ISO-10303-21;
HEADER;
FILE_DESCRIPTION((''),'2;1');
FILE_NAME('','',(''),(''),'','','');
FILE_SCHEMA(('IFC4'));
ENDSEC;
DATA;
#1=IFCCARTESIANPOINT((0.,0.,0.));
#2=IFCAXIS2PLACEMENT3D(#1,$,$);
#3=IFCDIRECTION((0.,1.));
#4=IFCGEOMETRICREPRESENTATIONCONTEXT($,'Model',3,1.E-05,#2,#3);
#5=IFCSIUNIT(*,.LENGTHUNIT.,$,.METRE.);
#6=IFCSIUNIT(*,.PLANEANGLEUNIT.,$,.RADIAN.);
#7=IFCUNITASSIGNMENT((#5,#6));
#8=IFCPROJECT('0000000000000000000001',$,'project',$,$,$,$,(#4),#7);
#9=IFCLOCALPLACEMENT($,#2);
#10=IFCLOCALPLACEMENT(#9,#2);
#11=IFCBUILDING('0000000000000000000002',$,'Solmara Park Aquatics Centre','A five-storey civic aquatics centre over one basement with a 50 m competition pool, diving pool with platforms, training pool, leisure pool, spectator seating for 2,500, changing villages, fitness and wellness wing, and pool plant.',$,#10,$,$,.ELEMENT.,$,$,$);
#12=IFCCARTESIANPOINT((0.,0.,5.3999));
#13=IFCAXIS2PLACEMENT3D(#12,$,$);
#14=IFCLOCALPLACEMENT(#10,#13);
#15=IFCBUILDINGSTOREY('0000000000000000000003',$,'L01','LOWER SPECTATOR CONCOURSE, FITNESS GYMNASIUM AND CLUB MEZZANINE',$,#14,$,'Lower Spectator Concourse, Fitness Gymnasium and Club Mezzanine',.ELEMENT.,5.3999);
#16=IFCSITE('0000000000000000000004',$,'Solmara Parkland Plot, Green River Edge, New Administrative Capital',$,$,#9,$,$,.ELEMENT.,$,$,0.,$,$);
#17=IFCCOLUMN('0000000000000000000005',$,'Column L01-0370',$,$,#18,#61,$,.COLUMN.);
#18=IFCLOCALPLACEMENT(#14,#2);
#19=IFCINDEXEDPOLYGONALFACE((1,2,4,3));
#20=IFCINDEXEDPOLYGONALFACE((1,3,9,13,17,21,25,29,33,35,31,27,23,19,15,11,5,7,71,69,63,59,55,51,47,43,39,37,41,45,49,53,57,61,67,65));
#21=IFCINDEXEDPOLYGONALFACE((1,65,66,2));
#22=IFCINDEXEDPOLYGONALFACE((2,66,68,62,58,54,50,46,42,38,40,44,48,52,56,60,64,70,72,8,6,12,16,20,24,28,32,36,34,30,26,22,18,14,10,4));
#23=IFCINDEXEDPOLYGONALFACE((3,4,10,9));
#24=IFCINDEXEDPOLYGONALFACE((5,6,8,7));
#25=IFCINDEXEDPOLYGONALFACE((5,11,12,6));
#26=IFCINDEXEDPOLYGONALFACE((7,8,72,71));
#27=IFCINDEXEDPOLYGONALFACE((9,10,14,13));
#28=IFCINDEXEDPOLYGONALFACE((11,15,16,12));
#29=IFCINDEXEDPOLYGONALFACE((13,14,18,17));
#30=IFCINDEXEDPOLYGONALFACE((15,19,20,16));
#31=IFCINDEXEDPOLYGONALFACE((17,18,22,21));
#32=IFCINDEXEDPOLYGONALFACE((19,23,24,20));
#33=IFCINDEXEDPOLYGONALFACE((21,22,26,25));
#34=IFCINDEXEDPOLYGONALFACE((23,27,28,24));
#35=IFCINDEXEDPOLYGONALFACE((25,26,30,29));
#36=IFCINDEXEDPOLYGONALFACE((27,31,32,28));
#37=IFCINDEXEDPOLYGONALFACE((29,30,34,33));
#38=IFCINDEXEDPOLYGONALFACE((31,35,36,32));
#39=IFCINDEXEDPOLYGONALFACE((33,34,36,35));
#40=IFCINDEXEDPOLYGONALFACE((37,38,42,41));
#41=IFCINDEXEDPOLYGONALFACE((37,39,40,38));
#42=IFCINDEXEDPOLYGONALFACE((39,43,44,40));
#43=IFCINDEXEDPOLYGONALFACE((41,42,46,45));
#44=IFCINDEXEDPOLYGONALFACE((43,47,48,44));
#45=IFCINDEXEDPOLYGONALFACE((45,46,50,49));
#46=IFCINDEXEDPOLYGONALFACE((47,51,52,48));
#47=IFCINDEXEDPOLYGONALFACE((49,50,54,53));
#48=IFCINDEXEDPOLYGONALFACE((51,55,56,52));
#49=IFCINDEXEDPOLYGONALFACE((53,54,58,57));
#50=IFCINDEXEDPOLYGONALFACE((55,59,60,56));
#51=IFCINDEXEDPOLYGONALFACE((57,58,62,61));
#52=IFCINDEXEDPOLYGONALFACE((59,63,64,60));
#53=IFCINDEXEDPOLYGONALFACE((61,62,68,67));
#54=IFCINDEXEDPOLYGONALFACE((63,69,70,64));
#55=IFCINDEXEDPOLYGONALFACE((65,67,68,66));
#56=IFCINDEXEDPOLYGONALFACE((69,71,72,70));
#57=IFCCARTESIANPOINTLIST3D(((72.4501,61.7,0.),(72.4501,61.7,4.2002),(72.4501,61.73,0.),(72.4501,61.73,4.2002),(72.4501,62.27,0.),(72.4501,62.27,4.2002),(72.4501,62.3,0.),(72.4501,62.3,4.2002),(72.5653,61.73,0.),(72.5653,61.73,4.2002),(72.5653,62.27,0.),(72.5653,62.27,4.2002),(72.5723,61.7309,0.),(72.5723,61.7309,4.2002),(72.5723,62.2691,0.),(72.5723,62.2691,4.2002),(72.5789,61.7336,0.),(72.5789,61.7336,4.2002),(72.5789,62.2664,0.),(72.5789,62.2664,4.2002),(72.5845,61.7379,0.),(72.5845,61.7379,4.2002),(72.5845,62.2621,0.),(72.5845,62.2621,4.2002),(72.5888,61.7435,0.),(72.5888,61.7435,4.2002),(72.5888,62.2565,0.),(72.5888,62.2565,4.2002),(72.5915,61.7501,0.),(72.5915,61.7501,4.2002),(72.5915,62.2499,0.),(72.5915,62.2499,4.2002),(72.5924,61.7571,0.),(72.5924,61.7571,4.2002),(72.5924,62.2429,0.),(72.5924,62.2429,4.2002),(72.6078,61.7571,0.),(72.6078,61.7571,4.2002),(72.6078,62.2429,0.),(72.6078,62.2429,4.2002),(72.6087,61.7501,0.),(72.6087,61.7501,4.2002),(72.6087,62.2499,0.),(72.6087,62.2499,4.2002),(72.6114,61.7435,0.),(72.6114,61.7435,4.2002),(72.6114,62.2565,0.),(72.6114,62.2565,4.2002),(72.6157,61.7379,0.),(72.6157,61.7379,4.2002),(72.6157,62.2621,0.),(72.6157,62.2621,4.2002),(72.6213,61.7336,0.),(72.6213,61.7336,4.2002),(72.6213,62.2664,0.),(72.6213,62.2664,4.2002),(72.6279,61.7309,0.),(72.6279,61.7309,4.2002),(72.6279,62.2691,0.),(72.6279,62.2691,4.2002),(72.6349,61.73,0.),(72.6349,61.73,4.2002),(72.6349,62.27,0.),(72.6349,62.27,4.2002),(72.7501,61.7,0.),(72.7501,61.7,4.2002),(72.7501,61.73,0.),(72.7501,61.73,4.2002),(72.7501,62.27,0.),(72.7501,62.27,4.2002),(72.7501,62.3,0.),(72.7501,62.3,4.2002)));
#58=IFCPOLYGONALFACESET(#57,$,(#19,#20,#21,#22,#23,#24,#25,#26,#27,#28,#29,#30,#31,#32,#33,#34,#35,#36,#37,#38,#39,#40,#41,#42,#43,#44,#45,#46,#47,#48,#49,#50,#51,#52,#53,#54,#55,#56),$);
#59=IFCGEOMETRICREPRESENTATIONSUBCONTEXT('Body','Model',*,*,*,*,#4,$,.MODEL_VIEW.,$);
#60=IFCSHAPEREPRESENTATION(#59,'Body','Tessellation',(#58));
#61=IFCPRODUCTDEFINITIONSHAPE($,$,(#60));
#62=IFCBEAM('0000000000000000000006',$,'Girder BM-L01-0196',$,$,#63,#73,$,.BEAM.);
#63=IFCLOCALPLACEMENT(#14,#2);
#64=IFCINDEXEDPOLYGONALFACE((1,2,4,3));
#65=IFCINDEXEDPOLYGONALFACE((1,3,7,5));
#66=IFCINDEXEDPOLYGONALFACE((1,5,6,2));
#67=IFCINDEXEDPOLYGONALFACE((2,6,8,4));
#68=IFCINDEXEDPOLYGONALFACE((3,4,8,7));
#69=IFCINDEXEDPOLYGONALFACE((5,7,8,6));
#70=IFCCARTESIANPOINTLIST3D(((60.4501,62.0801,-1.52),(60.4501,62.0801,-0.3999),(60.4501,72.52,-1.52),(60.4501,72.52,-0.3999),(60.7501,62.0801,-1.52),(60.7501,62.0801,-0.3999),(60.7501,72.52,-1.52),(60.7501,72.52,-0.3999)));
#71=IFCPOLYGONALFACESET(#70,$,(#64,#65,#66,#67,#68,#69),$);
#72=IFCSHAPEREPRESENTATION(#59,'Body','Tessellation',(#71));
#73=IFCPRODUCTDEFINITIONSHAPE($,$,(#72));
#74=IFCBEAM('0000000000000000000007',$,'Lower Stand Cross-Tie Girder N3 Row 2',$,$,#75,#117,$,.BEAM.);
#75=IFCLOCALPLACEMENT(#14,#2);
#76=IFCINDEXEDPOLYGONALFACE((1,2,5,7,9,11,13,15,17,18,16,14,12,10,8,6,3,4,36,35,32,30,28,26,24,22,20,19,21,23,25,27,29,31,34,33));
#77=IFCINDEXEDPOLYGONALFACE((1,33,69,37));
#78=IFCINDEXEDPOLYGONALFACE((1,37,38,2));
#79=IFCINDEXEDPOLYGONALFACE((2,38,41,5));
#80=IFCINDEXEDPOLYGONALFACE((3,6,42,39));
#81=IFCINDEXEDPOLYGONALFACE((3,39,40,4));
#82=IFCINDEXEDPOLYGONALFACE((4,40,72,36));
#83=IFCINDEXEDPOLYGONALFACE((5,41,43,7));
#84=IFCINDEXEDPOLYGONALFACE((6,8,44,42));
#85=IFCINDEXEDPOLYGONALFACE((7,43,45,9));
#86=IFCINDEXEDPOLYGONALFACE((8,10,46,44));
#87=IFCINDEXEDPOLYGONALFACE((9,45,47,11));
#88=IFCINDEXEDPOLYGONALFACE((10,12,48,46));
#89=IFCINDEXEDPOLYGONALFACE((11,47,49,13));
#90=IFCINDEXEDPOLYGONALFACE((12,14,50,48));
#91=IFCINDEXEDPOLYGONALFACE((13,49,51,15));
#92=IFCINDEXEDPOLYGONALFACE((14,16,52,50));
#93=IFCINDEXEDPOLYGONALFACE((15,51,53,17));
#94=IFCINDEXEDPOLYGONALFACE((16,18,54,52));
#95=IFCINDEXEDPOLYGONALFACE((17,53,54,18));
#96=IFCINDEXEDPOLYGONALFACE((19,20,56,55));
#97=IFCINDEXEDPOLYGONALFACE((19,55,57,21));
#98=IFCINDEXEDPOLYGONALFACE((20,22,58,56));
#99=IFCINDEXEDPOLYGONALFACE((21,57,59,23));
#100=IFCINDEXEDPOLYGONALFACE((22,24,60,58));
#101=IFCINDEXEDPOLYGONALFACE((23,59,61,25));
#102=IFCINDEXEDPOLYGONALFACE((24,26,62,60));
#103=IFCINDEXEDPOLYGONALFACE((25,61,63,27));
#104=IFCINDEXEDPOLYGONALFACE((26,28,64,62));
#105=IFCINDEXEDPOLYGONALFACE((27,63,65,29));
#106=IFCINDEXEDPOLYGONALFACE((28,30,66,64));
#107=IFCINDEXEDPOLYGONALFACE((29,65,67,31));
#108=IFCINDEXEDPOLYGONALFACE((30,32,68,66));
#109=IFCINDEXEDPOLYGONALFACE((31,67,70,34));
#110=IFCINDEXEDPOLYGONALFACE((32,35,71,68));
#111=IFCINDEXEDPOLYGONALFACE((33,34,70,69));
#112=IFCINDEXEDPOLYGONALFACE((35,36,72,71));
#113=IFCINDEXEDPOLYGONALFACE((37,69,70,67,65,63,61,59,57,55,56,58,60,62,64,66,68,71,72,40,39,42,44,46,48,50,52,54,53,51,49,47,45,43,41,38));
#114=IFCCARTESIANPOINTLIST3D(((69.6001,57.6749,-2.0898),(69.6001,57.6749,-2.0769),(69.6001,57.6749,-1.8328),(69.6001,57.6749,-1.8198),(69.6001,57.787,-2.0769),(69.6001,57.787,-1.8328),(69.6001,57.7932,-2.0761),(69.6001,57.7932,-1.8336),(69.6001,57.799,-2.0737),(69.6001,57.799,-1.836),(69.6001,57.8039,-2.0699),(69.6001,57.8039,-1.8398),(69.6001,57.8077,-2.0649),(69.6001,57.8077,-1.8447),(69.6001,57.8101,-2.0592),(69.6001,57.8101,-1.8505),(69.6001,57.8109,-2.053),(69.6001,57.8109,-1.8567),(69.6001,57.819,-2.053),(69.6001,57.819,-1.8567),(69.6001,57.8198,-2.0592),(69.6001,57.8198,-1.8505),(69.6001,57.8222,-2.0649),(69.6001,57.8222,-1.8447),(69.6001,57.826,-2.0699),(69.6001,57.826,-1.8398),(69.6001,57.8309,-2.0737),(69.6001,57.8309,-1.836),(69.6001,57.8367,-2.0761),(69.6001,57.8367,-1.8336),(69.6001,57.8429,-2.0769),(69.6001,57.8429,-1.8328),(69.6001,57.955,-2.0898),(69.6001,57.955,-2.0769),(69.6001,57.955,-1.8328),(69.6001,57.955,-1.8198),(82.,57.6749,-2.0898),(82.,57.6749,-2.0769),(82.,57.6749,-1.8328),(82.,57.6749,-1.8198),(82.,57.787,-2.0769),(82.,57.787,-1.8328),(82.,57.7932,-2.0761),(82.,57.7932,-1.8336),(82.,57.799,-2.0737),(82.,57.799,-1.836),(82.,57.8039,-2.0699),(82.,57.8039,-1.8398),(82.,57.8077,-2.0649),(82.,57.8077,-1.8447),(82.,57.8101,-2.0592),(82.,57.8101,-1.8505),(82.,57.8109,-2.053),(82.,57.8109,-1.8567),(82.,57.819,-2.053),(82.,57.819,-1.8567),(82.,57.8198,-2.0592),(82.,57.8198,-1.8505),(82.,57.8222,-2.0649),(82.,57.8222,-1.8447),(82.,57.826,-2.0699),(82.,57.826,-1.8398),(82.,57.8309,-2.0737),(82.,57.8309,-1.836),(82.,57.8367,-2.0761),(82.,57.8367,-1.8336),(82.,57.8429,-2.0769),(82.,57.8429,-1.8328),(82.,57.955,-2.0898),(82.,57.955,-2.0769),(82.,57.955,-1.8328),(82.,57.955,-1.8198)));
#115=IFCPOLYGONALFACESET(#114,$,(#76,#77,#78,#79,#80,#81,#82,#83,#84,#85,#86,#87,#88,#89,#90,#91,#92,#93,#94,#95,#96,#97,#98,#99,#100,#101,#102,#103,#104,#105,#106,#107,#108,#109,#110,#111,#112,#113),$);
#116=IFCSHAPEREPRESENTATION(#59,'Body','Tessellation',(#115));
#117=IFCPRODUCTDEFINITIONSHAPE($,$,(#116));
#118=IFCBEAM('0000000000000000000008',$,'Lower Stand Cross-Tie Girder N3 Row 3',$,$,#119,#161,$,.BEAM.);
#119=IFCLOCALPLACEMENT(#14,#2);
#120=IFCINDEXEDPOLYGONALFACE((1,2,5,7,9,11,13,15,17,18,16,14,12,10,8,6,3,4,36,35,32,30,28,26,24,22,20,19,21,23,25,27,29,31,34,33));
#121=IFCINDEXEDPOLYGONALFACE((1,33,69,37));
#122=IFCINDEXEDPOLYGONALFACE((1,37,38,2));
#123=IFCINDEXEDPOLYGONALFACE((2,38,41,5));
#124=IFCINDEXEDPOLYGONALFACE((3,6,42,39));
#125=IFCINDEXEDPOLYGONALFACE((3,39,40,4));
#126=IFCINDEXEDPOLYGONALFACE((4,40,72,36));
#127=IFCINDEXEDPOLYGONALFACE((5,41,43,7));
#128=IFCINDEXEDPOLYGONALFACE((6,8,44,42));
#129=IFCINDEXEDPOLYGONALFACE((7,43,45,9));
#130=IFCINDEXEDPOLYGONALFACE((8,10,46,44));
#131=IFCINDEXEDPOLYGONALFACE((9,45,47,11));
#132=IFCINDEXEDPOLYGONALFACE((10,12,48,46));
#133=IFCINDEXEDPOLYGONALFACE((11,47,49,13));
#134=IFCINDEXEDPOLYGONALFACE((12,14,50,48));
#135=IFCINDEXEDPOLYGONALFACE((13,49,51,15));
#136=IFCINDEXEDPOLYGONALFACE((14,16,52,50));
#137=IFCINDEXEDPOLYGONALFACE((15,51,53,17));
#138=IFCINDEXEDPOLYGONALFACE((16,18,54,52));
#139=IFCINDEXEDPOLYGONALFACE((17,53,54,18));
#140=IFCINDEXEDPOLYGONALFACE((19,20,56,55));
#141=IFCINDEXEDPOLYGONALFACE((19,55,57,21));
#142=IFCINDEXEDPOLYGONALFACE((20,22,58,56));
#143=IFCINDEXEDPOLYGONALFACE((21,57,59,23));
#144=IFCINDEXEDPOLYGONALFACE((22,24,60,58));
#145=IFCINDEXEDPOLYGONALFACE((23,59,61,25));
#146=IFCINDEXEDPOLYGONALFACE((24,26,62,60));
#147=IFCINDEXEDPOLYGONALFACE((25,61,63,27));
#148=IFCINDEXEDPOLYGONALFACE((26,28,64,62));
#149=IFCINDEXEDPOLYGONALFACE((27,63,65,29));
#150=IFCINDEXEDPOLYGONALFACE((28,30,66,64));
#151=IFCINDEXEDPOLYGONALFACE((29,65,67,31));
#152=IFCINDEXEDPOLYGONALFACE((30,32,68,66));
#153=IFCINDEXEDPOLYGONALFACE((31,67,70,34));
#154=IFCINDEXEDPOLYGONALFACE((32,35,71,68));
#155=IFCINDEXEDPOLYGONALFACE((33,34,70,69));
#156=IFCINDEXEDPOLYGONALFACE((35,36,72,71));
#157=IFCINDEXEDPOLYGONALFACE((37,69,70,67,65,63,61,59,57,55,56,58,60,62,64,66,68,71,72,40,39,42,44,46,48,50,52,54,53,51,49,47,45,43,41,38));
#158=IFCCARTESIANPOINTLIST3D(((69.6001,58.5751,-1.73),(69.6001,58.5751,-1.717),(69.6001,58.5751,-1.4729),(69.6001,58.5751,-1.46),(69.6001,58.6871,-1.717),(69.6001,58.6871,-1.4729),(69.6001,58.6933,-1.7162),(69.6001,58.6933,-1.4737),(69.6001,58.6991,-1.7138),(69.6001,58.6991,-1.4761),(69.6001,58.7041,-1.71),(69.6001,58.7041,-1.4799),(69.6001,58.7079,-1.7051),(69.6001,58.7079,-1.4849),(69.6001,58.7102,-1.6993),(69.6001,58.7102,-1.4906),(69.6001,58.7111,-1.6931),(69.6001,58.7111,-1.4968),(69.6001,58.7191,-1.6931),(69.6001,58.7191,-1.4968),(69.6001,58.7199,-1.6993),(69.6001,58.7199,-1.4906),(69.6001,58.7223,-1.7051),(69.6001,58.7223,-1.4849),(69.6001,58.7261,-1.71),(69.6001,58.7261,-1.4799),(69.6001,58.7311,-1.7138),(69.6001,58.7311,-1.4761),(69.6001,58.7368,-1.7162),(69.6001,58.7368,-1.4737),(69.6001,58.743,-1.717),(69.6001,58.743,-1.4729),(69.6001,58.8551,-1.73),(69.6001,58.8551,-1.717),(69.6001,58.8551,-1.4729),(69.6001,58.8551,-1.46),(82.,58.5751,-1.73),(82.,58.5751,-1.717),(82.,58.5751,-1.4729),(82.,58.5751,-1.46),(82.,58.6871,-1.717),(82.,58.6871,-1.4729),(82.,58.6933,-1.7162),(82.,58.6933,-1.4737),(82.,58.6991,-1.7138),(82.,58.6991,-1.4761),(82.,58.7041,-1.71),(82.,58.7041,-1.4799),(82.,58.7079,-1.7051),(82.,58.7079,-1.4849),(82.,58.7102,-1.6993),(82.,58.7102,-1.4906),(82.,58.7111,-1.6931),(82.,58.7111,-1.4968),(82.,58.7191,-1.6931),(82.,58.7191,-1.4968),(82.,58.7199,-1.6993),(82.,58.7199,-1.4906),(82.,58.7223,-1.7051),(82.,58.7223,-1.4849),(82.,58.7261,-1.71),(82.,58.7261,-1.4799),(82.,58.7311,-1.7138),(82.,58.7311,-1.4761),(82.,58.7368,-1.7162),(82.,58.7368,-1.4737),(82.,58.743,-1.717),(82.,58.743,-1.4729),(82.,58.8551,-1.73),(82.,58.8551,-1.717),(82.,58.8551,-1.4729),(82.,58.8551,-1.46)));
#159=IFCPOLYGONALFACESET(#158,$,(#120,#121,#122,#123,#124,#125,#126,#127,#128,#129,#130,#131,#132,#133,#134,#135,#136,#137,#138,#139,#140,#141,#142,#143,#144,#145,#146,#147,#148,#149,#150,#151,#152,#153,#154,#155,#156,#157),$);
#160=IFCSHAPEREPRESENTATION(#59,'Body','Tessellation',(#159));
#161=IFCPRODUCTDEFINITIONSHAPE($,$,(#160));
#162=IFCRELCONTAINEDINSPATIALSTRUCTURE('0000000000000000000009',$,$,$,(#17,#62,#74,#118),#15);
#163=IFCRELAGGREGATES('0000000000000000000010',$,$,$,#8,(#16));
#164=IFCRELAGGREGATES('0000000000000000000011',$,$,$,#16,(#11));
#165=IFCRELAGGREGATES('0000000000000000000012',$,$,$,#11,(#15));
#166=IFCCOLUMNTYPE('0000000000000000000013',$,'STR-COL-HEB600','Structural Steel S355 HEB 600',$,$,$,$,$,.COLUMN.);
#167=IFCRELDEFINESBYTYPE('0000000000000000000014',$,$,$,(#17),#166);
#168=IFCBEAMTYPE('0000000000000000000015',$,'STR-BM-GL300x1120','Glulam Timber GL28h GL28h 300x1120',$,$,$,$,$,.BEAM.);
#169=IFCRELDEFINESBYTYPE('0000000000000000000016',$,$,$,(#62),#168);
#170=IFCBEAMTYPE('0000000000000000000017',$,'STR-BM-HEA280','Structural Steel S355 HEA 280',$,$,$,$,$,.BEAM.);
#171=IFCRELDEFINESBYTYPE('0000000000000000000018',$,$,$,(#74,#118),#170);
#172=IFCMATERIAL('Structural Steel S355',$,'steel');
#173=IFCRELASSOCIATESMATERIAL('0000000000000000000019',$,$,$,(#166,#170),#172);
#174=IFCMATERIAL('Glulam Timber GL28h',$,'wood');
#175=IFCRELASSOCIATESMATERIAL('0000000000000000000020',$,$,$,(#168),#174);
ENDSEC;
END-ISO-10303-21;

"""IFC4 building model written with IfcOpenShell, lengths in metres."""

from ifc_helpers import new_model, si_unit, direction, frame, origin, origin_2d, place, context, subcontext, project, spatial, rectangle, i_section, extrude, material, material_profile, profile_set, type_object, element, save


model = new_model("IFC4")

# Units and contexts
model_context = context("Model", 3, precision=1e-05, world=origin(), true_north=direction((0.0, 1.0)))
body_context = subcontext(model_context, "Body", "Model", "MODEL_VIEW")
ifc_project = project(units=[si_unit("LENGTHUNIT", "METRE"), si_unit("PLANEANGLEUNIT", "RADIAN")], contexts=[model_context])

# Site, building, storey
site_placement = place(None, origin())
site = spatial("IfcSite", under=ifc_project, at=site_placement, Name="Solmara Parkland Plot, Green River Edge, New Administrative Capital", CompositionType="ELEMENT", RefElevation=0.0)
building_placement = place(site_placement, origin())
building = spatial("IfcBuilding", under=site, at=building_placement, Name="Solmara Park Aquatics Centre", Description="A five-storey civic aquatics centre over one basement with a 50 m competition pool, diving pool with platforms, training pool, leisure pool, spectator seating for 2,500, changing villages, fitness and wellness wing, and pool plant.", CompositionType="ELEMENT")
storey_placement = place(building_placement, frame((0.0, 0.0, 5.3999)))
storey = spatial("IfcBuildingStorey", under=building, at=storey_placement, Name="L01", Description="LOWER SPECTATOR CONCOURSE, FITNESS GYMNASIUM AND CLUB MEZZANINE", LongName="Lower Spectator Concourse, Fitness Gymnasium and Club Mezzanine", CompositionType="ELEMENT", Elevation=5.3999)

# Column
ifc_material_1 = material(Name="Structural Steel S355", Category="steel")
ifc_material_profile_1 = material_profile(ifc_material_1, i_section(OverallWidth=0.3, OverallDepth=0.6001, WebThickness=0.0154, FlangeThickness=0.03, FilletRadius=0.0271, at=origin_2d()), Name="HEB 600")
ifc_profile_set_1 = profile_set([ifc_material_profile_1], Name="Structural Steel S355")
column_type_1 = type_object("IfcColumnType", Name="STR-COL-HEB600", Description="Structural Steel S355 HEB 600", PredefinedType="COLUMN", material=ifc_profile_set_1)
for number, where, z_axis, x_axis, name in (
    (1, (72.6001, 62.0, 0.0), (0.0, 0.0, 1.0), (1.0, 0.0, 0.0), "Column L01-0370"),
):
    element("IfcColumn", number, at=place(storey_placement, frame(where, z_axis=z_axis, x_axis=x_axis)), inside=storey, type_object=column_type_1, Name=name, PredefinedType="COLUMN", context=body_context, shape_type="SweptSolid", body=[
        extrude(i_section(OverallWidth=0.3, OverallDepth=0.6001, WebThickness=0.0154, FlangeThickness=0.03, FilletRadius=0.0271, at=origin_2d()), origin(), (0.0, 0.0, 1.0), 4.2002),
    ])

# Beams
ifc_material_2 = material(Name="Glulam Timber GL28h", Category="wood")
ifc_material_profile_2 = material_profile(ifc_material_2, rectangle(XDim=0.3, YDim=1.1201, at=origin_2d()), Name="GL28h 300x1120")
ifc_profile_set_2 = profile_set([ifc_material_profile_2], Name="Glulam Timber GL28h")
beam_type_1 = type_object("IfcBeamType", Name="STR-BM-GL300x1120", Description="Glulam Timber GL28h GL28h 300x1120", PredefinedType="BEAM", material=ifc_profile_set_2)
beam_1_placement = place(storey_placement, frame((60.6001, 62.0801, -0.96), z_axis=(0.0, 1.0, 0.0), x_axis=(-1.0, 0.0, 0.0)))
element("IfcBeam", 2, at=beam_1_placement, inside=storey, type_object=beam_type_1, Name="Girder BM-L01-0196", PredefinedType="BEAM", context=body_context, shape_type="SweptSolid", body=[
    extrude(rectangle(XDim=0.3, YDim=1.1201, at=origin_2d()), origin(), (0.0, 0.0, 1.0), 10.4399),
])
ifc_material_profile_3 = material_profile(ifc_material_1, i_section(OverallWidth=0.28, OverallDepth=0.27, WebThickness=0.0081, FlangeThickness=0.0129, FilletRadius=0.0239, at=origin_2d()), Name="HEA 280")
ifc_profile_set_3 = profile_set([ifc_material_profile_3], Name="Structural Steel S355")
beam_type_2 = type_object("IfcBeamType", Name="STR-BM-HEA280", Description="Structural Steel S355 HEA 280", PredefinedType="BEAM", material=ifc_profile_set_3)
for number, where, z_axis, x_axis, name in (
    (3, (69.6001, 57.8149, -1.9548), (1.0, 0.0, 0.0), (0.0, 1.0, 0.0), "Lower Stand Cross-Tie Girder N3 Row 2"),
    (4, (69.6001, 58.7151, -1.595), (1.0, 0.0, 0.0), (0.0, 1.0, 0.0), "Lower Stand Cross-Tie Girder N3 Row 3"),
):
    element("IfcBeam", number, at=place(storey_placement, frame(where, z_axis=z_axis, x_axis=x_axis)), inside=storey, type_object=beam_type_2, Name=name, PredefinedType="BEAM", context=body_context, shape_type="SweptSolid", body=[
        extrude(i_section(OverallWidth=0.28, OverallDepth=0.27, WebThickness=0.0081, FlangeThickness=0.0129, FilletRadius=0.0239, at=origin_2d()), origin(), (0.0, 0.0, 1.0), 12.3999),
    ])

save(model, "model.ifc")
